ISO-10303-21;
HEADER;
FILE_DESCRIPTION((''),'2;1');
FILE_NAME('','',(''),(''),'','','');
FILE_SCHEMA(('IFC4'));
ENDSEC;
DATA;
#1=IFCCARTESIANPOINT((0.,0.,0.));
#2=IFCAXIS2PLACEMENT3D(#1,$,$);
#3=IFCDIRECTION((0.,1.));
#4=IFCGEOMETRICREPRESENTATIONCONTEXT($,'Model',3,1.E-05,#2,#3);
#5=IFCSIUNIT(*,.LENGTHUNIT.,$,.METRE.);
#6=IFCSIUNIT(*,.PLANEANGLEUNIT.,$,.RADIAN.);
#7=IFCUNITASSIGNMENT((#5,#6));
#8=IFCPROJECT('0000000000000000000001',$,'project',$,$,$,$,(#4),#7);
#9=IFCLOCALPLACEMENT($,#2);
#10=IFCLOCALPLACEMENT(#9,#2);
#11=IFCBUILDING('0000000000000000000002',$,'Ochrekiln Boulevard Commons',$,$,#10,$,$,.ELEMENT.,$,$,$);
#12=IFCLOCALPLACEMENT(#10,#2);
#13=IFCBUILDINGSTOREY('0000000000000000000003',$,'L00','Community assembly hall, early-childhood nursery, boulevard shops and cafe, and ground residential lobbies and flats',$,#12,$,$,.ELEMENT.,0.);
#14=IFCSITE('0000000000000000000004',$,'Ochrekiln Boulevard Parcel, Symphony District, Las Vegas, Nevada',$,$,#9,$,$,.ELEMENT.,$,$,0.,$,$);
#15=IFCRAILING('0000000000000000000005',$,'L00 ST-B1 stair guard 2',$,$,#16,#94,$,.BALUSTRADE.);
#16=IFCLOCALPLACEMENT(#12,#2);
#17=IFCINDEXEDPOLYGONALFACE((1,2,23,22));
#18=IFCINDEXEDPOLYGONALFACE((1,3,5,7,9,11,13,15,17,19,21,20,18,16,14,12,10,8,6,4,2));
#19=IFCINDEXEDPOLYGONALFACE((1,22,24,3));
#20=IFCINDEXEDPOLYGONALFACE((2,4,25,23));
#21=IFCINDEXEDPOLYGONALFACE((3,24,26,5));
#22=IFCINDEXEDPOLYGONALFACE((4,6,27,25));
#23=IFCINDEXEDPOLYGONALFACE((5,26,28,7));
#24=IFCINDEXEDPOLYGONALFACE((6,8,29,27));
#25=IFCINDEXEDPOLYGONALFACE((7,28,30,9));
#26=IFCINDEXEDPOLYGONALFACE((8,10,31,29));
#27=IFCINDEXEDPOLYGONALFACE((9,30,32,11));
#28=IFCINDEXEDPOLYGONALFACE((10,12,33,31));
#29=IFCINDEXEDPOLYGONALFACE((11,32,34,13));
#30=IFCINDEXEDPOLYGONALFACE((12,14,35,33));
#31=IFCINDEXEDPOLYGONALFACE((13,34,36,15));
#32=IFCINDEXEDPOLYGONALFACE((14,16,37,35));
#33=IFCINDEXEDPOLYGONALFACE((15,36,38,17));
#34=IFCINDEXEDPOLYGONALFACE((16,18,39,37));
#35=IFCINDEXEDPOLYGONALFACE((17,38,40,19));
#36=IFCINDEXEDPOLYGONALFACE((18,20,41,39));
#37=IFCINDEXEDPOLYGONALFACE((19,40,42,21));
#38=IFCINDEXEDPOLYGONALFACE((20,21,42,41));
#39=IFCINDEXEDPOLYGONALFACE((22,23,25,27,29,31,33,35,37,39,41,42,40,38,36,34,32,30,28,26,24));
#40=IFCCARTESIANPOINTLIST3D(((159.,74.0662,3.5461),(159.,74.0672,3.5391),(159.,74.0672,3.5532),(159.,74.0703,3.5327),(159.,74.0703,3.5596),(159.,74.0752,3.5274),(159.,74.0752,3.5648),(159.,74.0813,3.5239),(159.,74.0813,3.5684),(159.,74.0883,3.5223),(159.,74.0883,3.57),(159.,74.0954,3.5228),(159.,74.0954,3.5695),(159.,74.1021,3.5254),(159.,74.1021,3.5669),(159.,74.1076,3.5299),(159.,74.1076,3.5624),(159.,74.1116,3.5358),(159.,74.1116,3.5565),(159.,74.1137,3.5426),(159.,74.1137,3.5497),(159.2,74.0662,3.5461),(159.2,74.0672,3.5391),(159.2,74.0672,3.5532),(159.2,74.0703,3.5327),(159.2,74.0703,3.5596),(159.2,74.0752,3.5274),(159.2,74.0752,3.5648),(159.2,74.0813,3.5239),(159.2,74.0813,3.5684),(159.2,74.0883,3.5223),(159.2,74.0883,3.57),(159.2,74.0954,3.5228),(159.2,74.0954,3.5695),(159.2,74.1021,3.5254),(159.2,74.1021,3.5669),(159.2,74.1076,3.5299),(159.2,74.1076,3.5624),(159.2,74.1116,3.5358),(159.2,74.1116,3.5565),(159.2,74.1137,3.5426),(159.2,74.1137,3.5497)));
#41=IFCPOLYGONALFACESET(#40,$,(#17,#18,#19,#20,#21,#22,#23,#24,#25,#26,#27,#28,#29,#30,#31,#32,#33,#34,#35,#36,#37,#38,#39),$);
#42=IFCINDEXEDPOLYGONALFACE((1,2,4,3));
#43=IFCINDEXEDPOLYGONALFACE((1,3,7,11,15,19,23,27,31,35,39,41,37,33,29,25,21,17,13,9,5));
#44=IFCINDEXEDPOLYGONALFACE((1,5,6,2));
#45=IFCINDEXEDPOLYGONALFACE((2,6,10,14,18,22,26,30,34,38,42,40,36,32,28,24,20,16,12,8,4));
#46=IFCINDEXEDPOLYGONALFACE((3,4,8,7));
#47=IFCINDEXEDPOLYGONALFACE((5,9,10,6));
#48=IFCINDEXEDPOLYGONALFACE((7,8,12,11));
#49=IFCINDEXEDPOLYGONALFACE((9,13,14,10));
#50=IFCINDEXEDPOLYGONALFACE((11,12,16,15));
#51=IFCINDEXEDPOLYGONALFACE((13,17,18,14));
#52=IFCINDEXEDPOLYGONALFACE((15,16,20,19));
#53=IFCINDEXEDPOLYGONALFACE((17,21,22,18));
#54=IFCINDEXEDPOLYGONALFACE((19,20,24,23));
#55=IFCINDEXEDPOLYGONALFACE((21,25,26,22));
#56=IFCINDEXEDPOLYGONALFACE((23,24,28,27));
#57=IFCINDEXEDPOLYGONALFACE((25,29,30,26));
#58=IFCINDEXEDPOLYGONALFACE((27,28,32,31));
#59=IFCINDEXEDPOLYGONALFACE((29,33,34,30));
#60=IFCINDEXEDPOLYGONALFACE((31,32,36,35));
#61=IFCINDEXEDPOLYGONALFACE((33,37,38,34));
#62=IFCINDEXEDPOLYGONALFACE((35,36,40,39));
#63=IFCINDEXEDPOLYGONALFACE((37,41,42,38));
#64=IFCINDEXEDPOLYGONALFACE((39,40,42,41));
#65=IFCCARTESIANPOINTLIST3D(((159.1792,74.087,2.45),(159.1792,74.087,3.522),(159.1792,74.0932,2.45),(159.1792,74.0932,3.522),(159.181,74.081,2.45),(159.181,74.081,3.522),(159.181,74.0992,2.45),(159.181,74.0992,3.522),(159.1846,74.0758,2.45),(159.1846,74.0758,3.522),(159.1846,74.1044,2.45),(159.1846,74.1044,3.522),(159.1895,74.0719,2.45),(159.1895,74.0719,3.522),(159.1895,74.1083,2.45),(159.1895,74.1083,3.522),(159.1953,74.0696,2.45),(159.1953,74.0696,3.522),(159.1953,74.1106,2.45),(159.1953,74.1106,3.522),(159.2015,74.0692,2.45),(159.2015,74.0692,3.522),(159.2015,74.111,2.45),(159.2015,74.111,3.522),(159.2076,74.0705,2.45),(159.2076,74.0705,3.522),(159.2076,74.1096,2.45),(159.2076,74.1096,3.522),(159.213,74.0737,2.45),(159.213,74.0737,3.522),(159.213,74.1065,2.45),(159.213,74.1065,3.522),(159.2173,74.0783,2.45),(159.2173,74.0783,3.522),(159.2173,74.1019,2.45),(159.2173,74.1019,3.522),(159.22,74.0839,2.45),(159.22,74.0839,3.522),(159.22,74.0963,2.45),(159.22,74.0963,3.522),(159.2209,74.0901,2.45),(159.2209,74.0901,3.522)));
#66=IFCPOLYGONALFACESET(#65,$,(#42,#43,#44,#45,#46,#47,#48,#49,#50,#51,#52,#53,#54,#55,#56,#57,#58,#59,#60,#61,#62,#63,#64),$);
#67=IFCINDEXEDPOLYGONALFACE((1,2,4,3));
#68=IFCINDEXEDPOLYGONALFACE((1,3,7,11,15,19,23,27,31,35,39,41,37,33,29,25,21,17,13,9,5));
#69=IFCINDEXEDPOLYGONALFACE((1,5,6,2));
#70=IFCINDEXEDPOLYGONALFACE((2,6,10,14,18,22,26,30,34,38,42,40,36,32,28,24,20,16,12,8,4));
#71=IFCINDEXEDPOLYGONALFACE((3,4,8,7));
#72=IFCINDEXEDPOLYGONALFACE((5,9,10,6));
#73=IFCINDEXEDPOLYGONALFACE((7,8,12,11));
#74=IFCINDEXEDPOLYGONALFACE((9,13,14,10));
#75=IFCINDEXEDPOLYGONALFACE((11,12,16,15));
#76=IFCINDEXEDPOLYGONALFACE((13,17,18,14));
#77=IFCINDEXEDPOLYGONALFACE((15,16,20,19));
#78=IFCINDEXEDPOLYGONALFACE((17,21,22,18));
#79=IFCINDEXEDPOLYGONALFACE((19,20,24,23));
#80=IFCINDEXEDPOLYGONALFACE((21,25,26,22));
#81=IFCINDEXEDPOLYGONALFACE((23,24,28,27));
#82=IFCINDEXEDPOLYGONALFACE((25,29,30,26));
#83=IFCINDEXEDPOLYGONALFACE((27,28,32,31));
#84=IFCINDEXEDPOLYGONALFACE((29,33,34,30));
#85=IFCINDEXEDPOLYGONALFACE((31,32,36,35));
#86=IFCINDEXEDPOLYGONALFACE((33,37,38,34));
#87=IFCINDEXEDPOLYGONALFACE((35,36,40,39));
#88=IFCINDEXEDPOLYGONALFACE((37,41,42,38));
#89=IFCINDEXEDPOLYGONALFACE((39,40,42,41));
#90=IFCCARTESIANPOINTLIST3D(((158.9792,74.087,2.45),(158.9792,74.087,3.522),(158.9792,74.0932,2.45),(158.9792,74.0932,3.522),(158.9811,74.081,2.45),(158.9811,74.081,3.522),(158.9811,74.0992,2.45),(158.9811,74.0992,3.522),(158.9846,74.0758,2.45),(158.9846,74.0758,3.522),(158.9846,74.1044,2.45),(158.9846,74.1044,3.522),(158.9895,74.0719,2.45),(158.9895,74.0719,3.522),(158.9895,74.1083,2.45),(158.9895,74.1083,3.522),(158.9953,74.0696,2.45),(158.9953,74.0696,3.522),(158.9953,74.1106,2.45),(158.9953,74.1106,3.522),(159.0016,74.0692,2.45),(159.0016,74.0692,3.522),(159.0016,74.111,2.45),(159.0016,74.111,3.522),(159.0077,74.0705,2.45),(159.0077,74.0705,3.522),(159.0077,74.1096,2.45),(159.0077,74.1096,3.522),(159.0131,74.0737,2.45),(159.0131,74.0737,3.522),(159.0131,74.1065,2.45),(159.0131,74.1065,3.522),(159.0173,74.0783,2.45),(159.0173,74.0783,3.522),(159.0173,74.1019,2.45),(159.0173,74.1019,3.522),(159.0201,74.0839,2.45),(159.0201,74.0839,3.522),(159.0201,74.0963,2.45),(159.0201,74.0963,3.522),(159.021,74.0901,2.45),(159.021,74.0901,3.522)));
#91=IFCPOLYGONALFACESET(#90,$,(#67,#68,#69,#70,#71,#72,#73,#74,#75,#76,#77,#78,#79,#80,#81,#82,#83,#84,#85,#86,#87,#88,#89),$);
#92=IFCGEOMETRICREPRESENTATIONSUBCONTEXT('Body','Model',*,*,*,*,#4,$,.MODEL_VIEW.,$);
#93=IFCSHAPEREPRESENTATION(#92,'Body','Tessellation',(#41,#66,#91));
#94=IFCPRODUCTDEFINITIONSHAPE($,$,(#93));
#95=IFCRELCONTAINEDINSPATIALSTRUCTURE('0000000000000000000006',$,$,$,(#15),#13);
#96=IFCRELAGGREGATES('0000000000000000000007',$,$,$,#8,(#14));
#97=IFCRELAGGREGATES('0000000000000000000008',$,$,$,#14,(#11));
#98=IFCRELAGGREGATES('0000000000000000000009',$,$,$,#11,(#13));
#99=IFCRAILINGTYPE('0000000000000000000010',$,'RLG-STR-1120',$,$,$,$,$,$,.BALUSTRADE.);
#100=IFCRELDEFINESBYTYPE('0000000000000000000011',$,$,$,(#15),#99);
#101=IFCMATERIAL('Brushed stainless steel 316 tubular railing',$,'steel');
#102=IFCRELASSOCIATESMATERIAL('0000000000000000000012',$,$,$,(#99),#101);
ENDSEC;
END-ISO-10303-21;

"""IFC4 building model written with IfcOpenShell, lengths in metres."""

from ifc_helpers import new_model, si_unit, direction, frame, origin, origin_2d, place, context, subcontext, project, spatial, circle, extrude, material, type_object, element, save


model = new_model("IFC4")

# Units and contexts
model_context = context("Model", 3, precision=1e-05, world=origin(), true_north=direction((0.0, 1.0)))
body_context = subcontext(model_context, "Body", "Model", "MODEL_VIEW")
ifc_project = project(units=[si_unit("LENGTHUNIT", "METRE"), si_unit("PLANEANGLEUNIT", "RADIAN")], contexts=[model_context])

# Site, building, storey
site_placement = place(None, origin())
site = spatial("IfcSite", under=ifc_project, at=site_placement, Name="Ochrekiln Boulevard Parcel, Symphony District, Las Vegas, Nevada", CompositionType="ELEMENT", RefElevation=0.0)
building_placement = place(site_placement, origin())
building = spatial("IfcBuilding", under=site, at=building_placement, Name="Ochrekiln Boulevard Commons", CompositionType="ELEMENT")
storey_placement = place(building_placement, origin())
storey = spatial("IfcBuildingStorey", under=building, at=storey_placement, Name="L00", Description="Community assembly hall, early-childhood nursery, boulevard shops and cafe, and ground residential lobbies and flats", CompositionType="ELEMENT", Elevation=0.0)

# Railing
ifc_material_1 = material(Name="Brushed stainless steel 316 tubular railing", Category="steel")
railing_type_1 = type_object("IfcRailingType", Name="RLG-STR-1120", PredefinedType="BALUSTRADE", material=ifc_material_1)
railing_1_placement = place(storey_placement, frame((159.2, 74.0901, 2.45)))
element("IfcRailing", 1, at=railing_1_placement, inside=storey, type_object=railing_type_1, Name="L00 ST-B1 stair guard 2", PredefinedType="BALUSTRADE", context=body_context, shape_type="SweptSolid", body=[
    extrude(circle(Radius=0.0239, at=origin_2d()), frame((0.0, 0.0, 1.0962), z_axis=(-1.0, 0.0, 0.0), x_axis=(0.0, -1.0, 0.0)), (0.0, 0.0, 1.0), 0.2),
    extrude(circle(Radius=0.021, at=origin_2d()), origin(), (0.0, 0.0, 1.0), 1.072),
    extrude(circle(Radius=0.021, at=origin_2d()), frame((-0.2, 0.0, 0.0)), (0.0, 0.0, 1.0), 1.072),
])

save(model, "model.ifc")
